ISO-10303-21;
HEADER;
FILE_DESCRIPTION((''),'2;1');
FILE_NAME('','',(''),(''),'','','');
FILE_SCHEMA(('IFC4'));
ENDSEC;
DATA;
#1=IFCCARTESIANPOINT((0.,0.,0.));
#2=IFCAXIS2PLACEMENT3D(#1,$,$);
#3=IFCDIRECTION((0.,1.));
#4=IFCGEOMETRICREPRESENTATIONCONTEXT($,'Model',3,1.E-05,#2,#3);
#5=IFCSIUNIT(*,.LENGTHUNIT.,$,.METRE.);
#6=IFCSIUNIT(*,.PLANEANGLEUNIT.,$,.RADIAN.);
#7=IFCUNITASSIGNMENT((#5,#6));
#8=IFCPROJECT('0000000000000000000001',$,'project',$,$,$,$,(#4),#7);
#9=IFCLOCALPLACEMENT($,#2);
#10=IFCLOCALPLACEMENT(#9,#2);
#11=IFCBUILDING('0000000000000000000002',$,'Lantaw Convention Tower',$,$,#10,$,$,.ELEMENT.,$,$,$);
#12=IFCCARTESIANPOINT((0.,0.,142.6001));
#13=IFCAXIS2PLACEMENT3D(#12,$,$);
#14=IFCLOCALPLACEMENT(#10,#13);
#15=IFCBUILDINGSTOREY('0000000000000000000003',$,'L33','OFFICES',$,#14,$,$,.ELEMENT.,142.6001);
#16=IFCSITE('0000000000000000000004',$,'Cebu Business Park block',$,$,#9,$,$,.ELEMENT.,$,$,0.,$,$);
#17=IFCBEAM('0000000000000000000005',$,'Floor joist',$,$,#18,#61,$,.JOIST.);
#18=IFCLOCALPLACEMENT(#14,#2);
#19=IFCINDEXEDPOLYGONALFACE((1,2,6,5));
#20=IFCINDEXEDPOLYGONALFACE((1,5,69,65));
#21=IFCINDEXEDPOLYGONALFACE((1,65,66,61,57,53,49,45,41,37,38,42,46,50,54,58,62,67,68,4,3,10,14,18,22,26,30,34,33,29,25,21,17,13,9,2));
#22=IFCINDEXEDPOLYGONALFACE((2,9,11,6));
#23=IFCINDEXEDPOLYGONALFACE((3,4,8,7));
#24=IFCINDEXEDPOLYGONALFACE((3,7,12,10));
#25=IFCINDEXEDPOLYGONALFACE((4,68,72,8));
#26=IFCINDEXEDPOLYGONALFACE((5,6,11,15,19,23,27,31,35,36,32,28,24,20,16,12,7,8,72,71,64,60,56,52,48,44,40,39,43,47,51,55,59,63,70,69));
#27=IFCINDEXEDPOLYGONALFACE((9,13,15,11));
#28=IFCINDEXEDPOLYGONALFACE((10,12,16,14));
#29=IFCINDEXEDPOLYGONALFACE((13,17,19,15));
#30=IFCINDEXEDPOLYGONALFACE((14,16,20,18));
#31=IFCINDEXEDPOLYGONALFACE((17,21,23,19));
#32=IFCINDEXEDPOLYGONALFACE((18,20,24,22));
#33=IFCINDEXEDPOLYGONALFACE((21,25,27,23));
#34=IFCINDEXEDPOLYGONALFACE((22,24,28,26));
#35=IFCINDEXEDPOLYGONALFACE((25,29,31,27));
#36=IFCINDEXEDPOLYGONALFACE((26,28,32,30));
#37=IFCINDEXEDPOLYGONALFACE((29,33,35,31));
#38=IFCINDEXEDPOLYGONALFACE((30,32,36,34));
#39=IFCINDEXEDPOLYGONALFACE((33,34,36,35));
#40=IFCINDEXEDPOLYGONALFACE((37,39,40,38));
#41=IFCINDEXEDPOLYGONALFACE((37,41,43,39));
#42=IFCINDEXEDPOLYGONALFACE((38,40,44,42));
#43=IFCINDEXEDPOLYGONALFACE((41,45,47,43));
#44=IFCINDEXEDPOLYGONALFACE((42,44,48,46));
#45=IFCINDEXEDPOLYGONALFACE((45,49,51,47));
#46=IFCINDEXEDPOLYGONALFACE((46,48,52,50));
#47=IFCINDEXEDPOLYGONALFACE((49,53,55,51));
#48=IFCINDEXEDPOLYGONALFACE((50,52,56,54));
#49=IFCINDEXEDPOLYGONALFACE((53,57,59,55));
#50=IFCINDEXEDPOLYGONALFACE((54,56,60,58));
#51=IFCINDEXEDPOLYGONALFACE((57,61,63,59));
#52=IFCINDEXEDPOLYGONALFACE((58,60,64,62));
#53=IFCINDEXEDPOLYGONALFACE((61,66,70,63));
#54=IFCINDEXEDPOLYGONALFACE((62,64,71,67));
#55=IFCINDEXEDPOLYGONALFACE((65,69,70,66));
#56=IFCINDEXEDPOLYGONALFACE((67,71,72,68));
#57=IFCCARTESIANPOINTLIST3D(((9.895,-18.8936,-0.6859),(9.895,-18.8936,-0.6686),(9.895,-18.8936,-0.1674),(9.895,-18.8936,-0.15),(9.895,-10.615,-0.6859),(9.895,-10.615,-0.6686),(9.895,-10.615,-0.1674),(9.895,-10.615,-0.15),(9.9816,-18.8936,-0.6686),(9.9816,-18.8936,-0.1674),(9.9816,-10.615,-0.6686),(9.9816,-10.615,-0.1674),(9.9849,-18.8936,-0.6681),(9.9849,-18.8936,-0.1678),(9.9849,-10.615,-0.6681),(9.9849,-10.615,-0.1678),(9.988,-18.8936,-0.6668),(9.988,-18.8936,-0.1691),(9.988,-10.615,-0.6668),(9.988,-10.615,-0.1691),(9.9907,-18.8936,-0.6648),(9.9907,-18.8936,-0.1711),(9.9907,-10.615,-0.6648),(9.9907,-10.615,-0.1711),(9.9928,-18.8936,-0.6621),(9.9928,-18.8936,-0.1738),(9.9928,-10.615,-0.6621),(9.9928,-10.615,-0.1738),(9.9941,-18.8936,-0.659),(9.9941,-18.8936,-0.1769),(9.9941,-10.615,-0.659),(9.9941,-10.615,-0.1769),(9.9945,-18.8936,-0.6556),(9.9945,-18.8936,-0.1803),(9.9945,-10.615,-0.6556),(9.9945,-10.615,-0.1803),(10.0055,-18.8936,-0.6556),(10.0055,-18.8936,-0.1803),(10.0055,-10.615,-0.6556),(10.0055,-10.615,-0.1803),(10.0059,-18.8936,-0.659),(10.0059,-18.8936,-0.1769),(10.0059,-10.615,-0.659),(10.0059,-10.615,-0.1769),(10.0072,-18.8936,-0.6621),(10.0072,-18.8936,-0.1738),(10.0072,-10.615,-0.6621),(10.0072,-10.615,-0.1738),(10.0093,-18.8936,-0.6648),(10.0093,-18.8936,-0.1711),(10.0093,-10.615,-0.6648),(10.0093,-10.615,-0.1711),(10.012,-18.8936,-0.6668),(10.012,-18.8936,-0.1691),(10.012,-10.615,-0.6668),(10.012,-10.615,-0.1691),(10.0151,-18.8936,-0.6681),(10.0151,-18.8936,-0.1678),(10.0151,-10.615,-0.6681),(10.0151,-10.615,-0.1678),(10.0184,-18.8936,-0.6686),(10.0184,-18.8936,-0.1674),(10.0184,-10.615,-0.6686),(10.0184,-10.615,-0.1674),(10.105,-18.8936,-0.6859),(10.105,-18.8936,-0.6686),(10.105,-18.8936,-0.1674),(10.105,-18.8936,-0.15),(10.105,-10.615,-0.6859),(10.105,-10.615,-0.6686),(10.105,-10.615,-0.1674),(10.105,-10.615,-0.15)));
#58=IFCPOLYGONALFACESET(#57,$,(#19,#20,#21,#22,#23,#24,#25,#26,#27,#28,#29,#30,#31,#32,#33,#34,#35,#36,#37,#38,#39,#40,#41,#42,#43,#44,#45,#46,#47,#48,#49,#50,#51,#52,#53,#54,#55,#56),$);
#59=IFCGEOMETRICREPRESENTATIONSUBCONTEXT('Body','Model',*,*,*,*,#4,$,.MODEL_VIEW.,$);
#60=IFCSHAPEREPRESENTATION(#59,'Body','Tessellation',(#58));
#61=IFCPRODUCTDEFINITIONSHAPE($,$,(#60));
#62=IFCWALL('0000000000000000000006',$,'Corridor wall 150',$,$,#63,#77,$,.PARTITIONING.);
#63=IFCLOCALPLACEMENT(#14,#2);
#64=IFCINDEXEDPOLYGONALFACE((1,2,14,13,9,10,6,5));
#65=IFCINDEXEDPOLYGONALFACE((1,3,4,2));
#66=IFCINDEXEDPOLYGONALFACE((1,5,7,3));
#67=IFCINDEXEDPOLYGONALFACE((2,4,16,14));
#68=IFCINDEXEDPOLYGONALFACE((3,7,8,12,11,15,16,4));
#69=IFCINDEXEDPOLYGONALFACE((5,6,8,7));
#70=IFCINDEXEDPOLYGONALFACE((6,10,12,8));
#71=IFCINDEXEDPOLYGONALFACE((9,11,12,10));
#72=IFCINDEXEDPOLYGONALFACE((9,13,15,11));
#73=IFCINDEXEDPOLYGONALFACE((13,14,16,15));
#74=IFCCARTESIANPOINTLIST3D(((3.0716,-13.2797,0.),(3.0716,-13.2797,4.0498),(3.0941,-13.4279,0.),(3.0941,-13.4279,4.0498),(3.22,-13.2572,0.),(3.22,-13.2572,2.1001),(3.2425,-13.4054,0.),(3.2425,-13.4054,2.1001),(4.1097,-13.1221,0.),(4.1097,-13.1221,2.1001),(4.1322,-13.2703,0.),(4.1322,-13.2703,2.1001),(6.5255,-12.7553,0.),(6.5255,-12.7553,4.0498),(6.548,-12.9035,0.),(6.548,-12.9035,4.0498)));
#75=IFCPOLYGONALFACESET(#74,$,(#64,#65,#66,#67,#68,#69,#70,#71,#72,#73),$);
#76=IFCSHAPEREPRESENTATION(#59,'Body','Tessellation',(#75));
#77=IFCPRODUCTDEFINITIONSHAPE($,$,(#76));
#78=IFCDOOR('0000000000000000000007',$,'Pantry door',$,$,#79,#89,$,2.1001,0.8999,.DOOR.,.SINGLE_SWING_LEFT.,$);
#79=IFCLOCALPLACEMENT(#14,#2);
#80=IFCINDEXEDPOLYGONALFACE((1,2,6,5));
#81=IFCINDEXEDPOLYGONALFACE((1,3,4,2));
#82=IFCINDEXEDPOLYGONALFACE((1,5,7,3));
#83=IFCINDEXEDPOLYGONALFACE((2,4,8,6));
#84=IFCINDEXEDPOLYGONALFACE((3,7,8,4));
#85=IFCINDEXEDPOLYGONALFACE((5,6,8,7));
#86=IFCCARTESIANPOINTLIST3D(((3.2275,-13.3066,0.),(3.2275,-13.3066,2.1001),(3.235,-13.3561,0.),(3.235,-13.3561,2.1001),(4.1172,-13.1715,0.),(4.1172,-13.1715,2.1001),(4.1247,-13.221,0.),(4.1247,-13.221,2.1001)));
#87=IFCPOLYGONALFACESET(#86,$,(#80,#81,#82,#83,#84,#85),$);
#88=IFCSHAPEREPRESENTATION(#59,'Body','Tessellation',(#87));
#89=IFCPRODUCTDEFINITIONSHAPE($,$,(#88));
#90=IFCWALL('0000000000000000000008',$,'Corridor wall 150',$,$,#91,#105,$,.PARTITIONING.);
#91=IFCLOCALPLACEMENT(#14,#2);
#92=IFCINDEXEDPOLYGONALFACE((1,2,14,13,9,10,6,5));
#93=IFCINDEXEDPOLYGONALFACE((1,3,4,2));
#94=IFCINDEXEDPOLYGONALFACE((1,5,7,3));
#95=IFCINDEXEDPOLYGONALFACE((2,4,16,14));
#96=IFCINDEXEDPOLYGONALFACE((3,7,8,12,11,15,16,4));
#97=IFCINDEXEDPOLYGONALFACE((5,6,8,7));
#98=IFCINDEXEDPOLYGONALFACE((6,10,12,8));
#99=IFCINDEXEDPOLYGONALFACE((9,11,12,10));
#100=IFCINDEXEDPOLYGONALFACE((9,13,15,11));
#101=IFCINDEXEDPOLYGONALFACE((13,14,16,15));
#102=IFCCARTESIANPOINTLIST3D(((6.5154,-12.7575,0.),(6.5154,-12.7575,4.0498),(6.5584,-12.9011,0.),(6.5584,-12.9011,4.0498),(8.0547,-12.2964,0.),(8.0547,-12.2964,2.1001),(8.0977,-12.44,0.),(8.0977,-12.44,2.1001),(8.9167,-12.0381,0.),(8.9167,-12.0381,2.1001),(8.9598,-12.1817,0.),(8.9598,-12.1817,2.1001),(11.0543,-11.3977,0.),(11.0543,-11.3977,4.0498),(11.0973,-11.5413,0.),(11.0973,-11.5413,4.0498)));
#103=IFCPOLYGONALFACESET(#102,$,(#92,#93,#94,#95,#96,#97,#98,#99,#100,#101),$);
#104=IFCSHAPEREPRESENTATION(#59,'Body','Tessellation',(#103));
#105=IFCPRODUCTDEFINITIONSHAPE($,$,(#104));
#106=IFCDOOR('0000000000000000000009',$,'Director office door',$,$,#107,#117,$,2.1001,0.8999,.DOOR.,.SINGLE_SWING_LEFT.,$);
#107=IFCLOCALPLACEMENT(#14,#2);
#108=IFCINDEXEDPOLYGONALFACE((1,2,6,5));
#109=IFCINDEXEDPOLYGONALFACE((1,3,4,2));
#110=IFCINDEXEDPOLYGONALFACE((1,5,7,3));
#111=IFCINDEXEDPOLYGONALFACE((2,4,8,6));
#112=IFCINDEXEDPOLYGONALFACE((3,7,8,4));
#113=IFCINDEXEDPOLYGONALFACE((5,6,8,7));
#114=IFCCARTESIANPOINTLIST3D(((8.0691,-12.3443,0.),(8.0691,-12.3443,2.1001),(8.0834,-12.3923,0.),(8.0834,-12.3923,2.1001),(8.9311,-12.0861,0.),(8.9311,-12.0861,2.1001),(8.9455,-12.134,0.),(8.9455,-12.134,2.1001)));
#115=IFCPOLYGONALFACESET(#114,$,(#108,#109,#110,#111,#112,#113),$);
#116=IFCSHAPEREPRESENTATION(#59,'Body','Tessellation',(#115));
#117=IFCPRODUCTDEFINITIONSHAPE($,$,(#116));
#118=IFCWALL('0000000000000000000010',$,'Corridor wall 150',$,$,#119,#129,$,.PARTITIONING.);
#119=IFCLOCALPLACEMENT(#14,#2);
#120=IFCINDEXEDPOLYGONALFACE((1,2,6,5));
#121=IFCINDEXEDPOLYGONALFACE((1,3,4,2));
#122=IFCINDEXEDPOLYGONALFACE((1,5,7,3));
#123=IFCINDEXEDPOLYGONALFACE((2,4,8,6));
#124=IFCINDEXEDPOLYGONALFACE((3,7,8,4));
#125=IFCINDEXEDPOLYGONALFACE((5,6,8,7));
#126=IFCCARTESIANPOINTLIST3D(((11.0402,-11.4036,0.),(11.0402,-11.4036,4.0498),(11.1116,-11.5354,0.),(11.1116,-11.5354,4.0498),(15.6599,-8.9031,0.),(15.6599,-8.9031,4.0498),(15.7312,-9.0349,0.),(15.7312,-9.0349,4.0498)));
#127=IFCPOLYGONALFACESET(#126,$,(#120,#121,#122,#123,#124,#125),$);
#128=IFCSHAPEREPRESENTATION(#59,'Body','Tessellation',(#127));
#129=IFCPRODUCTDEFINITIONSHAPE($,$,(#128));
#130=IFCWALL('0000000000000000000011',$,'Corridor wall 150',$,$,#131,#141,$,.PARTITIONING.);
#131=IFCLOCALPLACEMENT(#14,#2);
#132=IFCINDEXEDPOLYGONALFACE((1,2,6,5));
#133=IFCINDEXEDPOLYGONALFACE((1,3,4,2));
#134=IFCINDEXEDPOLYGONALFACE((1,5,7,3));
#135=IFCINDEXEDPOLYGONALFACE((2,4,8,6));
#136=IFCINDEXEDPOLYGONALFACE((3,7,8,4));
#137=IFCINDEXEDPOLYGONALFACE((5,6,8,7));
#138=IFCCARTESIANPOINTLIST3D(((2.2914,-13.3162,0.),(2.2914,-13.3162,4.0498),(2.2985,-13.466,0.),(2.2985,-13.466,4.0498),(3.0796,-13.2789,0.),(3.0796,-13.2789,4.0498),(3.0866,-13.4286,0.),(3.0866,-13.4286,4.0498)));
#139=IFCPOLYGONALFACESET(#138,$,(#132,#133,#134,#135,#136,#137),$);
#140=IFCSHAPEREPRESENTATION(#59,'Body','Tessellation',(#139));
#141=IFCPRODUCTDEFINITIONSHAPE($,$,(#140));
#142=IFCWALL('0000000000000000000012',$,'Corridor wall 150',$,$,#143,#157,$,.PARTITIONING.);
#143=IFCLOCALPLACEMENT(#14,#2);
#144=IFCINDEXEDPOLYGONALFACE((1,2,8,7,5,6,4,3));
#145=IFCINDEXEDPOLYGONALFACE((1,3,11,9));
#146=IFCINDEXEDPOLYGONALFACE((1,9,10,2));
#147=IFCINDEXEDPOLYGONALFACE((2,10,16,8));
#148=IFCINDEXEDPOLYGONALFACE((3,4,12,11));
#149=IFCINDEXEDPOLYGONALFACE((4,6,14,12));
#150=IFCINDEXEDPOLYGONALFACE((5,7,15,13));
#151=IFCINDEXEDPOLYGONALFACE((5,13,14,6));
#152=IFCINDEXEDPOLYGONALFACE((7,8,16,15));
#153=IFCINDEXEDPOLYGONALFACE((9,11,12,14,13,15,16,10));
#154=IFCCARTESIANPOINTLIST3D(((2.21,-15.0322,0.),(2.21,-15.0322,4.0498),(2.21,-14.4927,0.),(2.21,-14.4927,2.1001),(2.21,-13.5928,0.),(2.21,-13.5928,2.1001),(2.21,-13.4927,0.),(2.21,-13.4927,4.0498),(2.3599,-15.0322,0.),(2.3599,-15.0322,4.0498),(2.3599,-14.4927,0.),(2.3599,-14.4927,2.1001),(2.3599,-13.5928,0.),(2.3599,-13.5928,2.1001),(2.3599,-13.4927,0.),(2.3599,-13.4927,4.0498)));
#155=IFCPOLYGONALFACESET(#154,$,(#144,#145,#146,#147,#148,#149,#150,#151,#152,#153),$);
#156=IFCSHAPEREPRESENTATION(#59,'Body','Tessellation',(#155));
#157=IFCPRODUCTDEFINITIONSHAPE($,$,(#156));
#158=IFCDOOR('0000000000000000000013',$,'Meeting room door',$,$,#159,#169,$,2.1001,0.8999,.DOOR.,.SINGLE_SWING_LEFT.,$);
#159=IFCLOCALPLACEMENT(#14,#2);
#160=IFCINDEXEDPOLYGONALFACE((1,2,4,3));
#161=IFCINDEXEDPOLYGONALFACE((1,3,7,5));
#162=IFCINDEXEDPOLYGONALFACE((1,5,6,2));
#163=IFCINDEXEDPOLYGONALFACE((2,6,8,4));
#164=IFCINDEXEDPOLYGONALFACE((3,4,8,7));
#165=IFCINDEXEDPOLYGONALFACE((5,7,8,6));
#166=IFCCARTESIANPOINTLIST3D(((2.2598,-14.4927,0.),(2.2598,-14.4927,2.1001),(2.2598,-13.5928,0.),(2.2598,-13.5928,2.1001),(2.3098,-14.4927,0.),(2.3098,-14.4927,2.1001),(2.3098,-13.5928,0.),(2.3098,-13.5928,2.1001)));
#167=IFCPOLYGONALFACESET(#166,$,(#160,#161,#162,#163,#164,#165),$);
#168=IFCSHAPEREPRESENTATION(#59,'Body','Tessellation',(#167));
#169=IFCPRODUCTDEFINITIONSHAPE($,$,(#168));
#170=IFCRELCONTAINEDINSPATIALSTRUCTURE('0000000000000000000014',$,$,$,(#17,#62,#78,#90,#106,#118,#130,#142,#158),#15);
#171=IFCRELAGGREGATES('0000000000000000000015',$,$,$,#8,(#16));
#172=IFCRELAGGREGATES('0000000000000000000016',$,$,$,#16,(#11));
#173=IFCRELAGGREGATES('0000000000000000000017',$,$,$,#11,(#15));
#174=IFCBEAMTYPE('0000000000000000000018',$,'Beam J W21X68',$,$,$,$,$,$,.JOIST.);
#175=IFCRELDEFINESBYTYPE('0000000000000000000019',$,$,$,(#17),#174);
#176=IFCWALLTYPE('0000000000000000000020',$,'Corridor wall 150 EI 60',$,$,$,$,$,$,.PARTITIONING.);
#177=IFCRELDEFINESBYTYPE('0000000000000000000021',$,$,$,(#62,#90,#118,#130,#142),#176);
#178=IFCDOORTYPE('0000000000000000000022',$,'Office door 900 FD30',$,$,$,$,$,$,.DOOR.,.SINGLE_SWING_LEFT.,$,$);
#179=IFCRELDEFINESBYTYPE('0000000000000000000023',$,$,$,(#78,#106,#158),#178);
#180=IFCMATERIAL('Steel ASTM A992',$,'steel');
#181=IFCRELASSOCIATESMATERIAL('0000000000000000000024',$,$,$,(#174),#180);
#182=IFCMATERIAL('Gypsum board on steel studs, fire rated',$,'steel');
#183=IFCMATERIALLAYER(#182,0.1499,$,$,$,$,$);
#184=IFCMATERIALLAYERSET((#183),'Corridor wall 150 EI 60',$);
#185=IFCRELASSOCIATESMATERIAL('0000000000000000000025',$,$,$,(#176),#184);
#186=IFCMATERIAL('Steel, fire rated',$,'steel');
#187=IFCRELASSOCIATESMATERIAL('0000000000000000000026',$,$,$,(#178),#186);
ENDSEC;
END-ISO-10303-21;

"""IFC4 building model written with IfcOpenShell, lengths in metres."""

from ifc_helpers import new_model, si_unit, direction, frame, frame_2d, origin, origin_2d, place, context, subcontext, project, spatial, rectangle, i_section, extrude, material, layer, layer_set, material_profile, profile_set, type_object, element, fill, save


model = new_model("IFC4")

# Units and contexts
model_context = context("Model", 3, precision=1e-05, world=origin(), true_north=direction((0.0, 1.0)))
body_context = subcontext(model_context, "Body", "Model", "MODEL_VIEW")
ifc_project = project(units=[si_unit("LENGTHUNIT", "METRE"), si_unit("PLANEANGLEUNIT", "RADIAN")], contexts=[model_context])

# Site, building, storey
site_placement = place(None, origin())
site = spatial("IfcSite", under=ifc_project, at=site_placement, Name="Cebu Business Park block", CompositionType="ELEMENT", RefElevation=0.0)
building_placement = place(site_placement, origin())
building = spatial("IfcBuilding", under=site, at=building_placement, Name="Lantaw Convention Tower", CompositionType="ELEMENT")
storey_placement = place(building_placement, frame((0.0, 0.0, 142.6001)))
storey = spatial("IfcBuildingStorey", under=building, at=storey_placement, Name="L33", Description="OFFICES", CompositionType="ELEMENT", Elevation=142.6001)

# Beam
ifc_material_1 = material(Name="Steel ASTM A992", Category="steel")
ifc_material_profile_1 = material_profile(ifc_material_1, i_section(OverallWidth=0.21, OverallDepth=0.5359, WebThickness=0.011, FlangeThickness=0.0173, FilletRadius=0.0129, at=origin_2d()), Name="W21X68")
ifc_profile_set_1 = profile_set([ifc_material_profile_1], Name="Steel ASTM A992")
beam_type_1 = type_object("IfcBeamType", Name="Beam J W21X68", PredefinedType="JOIST", material=ifc_profile_set_1)
beam_1_placement = place(storey_placement, frame((10.0, -18.8936, -0.418), z_axis=(0.0, 1.0, 0.0), x_axis=(-1.0, 0.0, 0.0)))
element("IfcBeam", 1, at=beam_1_placement, inside=storey, type_object=beam_type_1, Name="Floor joist", PredefinedType="JOIST", context=body_context, shape_type="SweptSolid", body=[
    extrude(i_section(OverallWidth=0.21, OverallDepth=0.5359, WebThickness=0.011, FlangeThickness=0.0173, FilletRadius=0.0129, at=origin_2d()), origin(), (0.0, 0.0, 1.0), 8.2786),
])

# Walls, openings, doors
ifc_material_2 = material(Name="Gypsum board on steel studs, fire rated", Category="steel")
ifc_layer_1 = layer(ifc_material_2, 0.1499)
ifc_layer_set_1 = layer_set([ifc_layer_1], Name="Corridor wall 150 EI 60")
wall_type_1 = type_object("IfcWallType", Name="Corridor wall 150 EI 60", PredefinedType="PARTITIONING", material=ifc_layer_set_1)
wall_1_placement = place(storey_placement, frame((3.083, -13.3538, 0.0), z_axis=(0.0, 0.0, 1.0), x_axis=(0.988669, 0.150114, 0.0)))
wall_1 = element("IfcWall", 2, at=wall_1_placement, inside=storey, type_object=wall_type_1, Name="Corridor wall 150", PredefinedType="PARTITIONING", context=body_context, shape_type="SweptSolid", body=[
    extrude(rectangle(XDim=3.4934, YDim=0.1499, at=frame_2d((1.7466, 0.0))), origin(), (0.0, 0.0, 1.0), 4.0498),
])
opening_1_placement = place(wall_1_placement, frame((0.1499, 0.0, 0.0)))
opening_1 = element("IfcOpeningElement", 3, at=opening_1_placement, cuts=wall_1, PredefinedType="OPENING", context=body_context, shape_type="SweptSolid", body=[
    extrude(rectangle(XDim=0.8999, YDim=2.1001, at=frame_2d((0.45, 1.05))), frame((0.0, 0.085, 0.0), z_axis=(0.0, -1.0, 0.0), x_axis=(1.0, 0.0, 0.0)), (0.0, 0.0, 1.0), 0.1699),
])
ifc_material_3 = material(Name="Steel, fire rated", Category="steel")
door_type_1 = type_object("IfcDoorType", Name="Office door 900 FD30", OperationType="SINGLE_SWING_LEFT", PredefinedType="DOOR", material=ifc_material_3)
door_1_placement = place(opening_1_placement, origin())
door_1 = element("IfcDoor", 4, at=door_1_placement, inside=storey, type_object=door_type_1, Name="Pantry door", OperationType="SINGLE_SWING_LEFT", OverallHeight=2.1001, OverallWidth=0.8999, PredefinedType="DOOR", context=body_context, shape_type="SweptSolid", body=[
    extrude(rectangle(XDim=0.8999, YDim=2.1001, at=frame_2d((0.45, 1.05))), frame((0.0, 0.0249, 0.0), z_axis=(0.0, -1.0, 0.0), x_axis=(1.0, 0.0, 0.0)), (0.0, 0.0, 1.0), 0.05),
])
fill(opening_1, door_1)
wall_2_placement = place(storey_placement, frame((6.5369, -12.8293, 0.0), z_axis=(0.0, 0.0, 1.0), x_axis=(0.957934, 0.286989, 0.0)))
wall_2 = element("IfcWall", 5, at=wall_2_placement, inside=storey, type_object=wall_type_1, Name="Corridor wall 150", PredefinedType="PARTITIONING", context=body_context, shape_type="SweptSolid", body=[
    extrude(rectangle(XDim=4.7383, YDim=0.1499, at=frame_2d((2.3691, 0.0))), origin(), (0.0, 0.0, 1.0), 4.0498),
])
opening_2_placement = place(wall_2_placement, frame((1.6069, 0.0, 0.0)))
opening_2 = element("IfcOpeningElement", 6, at=opening_2_placement, cuts=wall_2, PredefinedType="OPENING", context=body_context, shape_type="SweptSolid", body=[
    extrude(rectangle(XDim=0.8999, YDim=2.1001, at=frame_2d((0.45, 1.05))), frame((0.0, 0.085, 0.0), z_axis=(0.0, -1.0, 0.0), x_axis=(1.0, 0.0, 0.0)), (0.0, 0.0, 1.0), 0.1699),
])
door_2_placement = place(opening_2_placement, origin())
door_2 = element("IfcDoor", 7, at=door_2_placement, inside=storey, type_object=door_type_1, Name="Director office door", OperationType="SINGLE_SWING_LEFT", OverallHeight=2.1001, OverallWidth=0.8999, PredefinedType="DOOR", context=body_context, shape_type="SweptSolid", body=[
    extrude(rectangle(XDim=0.8999, YDim=2.1001, at=frame_2d((0.45, 1.05))), frame((0.0, 0.0249, 0.0), z_axis=(0.0, -1.0, 0.0), x_axis=(1.0, 0.0, 0.0)), (0.0, 0.0, 1.0), 0.05),
])
fill(opening_2, door_2)

# Walls
wall_3_placement = place(storey_placement, frame((11.0759, -11.4695, 0.0), z_axis=(0.0, 0.0, 1.0), x_axis=(0.879436, 0.476017, 0.0)))
element("IfcWall", 8, at=wall_3_placement, inside=storey, type_object=wall_type_1, Name="Corridor wall 150", PredefinedType="PARTITIONING", context=body_context, shape_type="SweptSolid", body=[
    extrude(rectangle(XDim=5.2529, YDim=0.1499, at=frame_2d((2.6265, 0.0))), origin(), (0.0, 0.0, 1.0), 4.0498),
])
wall_4_placement = place(storey_placement, frame((2.2949, -13.3911, 0.0), z_axis=(0.0, 0.0, 1.0), x_axis=(0.998879, 0.047345, 0.0)))
element("IfcWall", 9, at=wall_4_placement, inside=storey, type_object=wall_type_1, Name="Corridor wall 150", PredefinedType="PARTITIONING", context=body_context, shape_type="SweptSolid", body=[
    extrude(rectangle(XDim=0.7891, YDim=0.1499, at=frame_2d((0.3945, 0.0))), origin(), (0.0, 0.0, 1.0), 4.0498),
])

# Wall, opening, door
wall_5_placement = place(storey_placement, frame((2.2849, -13.4927, 0.0), z_axis=(0.0, 0.0, 1.0), x_axis=(0.0, -1.0, 0.0)))
wall_5 = element("IfcWall", 10, at=wall_5_placement, inside=storey, type_object=wall_type_1, Name="Corridor wall 150", PredefinedType="PARTITIONING", context=body_context, shape_type="SweptSolid", body=[
    extrude(rectangle(XDim=1.5396, YDim=0.1499, at=frame_2d((0.7698, 0.0))), origin(), (0.0, 0.0, 1.0), 4.0498),
])
opening_3_placement = place(wall_5_placement, frame((0.1001, 0.0, 0.0)))
opening_3 = element("IfcOpeningElement", 11, at=opening_3_placement, cuts=wall_5, PredefinedType="OPENING", context=body_context, shape_type="SweptSolid", body=[
    extrude(rectangle(XDim=0.8999, YDim=2.1001, at=frame_2d((0.45, 1.05))), frame((0.0, 0.085, 0.0), z_axis=(0.0, -1.0, 0.0), x_axis=(1.0, 0.0, 0.0)), (0.0, 0.0, 1.0), 0.1699),
])
door_3_placement = place(opening_3_placement, origin())
door_3 = element("IfcDoor", 12, at=door_3_placement, inside=storey, type_object=door_type_1, Name="Meeting room door", OperationType="SINGLE_SWING_LEFT", OverallHeight=2.1001, OverallWidth=0.8999, PredefinedType="DOOR", context=body_context, shape_type="SweptSolid", body=[
    extrude(rectangle(XDim=0.8999, YDim=2.1001, at=frame_2d((0.45, 1.05))), frame((0.0, 0.0249, 0.0), z_axis=(0.0, -1.0, 0.0), x_axis=(1.0, 0.0, 0.0)), (0.0, 0.0, 1.0), 0.05),
])
fill(opening_3, door_3)

save(model, "model.ifc")
